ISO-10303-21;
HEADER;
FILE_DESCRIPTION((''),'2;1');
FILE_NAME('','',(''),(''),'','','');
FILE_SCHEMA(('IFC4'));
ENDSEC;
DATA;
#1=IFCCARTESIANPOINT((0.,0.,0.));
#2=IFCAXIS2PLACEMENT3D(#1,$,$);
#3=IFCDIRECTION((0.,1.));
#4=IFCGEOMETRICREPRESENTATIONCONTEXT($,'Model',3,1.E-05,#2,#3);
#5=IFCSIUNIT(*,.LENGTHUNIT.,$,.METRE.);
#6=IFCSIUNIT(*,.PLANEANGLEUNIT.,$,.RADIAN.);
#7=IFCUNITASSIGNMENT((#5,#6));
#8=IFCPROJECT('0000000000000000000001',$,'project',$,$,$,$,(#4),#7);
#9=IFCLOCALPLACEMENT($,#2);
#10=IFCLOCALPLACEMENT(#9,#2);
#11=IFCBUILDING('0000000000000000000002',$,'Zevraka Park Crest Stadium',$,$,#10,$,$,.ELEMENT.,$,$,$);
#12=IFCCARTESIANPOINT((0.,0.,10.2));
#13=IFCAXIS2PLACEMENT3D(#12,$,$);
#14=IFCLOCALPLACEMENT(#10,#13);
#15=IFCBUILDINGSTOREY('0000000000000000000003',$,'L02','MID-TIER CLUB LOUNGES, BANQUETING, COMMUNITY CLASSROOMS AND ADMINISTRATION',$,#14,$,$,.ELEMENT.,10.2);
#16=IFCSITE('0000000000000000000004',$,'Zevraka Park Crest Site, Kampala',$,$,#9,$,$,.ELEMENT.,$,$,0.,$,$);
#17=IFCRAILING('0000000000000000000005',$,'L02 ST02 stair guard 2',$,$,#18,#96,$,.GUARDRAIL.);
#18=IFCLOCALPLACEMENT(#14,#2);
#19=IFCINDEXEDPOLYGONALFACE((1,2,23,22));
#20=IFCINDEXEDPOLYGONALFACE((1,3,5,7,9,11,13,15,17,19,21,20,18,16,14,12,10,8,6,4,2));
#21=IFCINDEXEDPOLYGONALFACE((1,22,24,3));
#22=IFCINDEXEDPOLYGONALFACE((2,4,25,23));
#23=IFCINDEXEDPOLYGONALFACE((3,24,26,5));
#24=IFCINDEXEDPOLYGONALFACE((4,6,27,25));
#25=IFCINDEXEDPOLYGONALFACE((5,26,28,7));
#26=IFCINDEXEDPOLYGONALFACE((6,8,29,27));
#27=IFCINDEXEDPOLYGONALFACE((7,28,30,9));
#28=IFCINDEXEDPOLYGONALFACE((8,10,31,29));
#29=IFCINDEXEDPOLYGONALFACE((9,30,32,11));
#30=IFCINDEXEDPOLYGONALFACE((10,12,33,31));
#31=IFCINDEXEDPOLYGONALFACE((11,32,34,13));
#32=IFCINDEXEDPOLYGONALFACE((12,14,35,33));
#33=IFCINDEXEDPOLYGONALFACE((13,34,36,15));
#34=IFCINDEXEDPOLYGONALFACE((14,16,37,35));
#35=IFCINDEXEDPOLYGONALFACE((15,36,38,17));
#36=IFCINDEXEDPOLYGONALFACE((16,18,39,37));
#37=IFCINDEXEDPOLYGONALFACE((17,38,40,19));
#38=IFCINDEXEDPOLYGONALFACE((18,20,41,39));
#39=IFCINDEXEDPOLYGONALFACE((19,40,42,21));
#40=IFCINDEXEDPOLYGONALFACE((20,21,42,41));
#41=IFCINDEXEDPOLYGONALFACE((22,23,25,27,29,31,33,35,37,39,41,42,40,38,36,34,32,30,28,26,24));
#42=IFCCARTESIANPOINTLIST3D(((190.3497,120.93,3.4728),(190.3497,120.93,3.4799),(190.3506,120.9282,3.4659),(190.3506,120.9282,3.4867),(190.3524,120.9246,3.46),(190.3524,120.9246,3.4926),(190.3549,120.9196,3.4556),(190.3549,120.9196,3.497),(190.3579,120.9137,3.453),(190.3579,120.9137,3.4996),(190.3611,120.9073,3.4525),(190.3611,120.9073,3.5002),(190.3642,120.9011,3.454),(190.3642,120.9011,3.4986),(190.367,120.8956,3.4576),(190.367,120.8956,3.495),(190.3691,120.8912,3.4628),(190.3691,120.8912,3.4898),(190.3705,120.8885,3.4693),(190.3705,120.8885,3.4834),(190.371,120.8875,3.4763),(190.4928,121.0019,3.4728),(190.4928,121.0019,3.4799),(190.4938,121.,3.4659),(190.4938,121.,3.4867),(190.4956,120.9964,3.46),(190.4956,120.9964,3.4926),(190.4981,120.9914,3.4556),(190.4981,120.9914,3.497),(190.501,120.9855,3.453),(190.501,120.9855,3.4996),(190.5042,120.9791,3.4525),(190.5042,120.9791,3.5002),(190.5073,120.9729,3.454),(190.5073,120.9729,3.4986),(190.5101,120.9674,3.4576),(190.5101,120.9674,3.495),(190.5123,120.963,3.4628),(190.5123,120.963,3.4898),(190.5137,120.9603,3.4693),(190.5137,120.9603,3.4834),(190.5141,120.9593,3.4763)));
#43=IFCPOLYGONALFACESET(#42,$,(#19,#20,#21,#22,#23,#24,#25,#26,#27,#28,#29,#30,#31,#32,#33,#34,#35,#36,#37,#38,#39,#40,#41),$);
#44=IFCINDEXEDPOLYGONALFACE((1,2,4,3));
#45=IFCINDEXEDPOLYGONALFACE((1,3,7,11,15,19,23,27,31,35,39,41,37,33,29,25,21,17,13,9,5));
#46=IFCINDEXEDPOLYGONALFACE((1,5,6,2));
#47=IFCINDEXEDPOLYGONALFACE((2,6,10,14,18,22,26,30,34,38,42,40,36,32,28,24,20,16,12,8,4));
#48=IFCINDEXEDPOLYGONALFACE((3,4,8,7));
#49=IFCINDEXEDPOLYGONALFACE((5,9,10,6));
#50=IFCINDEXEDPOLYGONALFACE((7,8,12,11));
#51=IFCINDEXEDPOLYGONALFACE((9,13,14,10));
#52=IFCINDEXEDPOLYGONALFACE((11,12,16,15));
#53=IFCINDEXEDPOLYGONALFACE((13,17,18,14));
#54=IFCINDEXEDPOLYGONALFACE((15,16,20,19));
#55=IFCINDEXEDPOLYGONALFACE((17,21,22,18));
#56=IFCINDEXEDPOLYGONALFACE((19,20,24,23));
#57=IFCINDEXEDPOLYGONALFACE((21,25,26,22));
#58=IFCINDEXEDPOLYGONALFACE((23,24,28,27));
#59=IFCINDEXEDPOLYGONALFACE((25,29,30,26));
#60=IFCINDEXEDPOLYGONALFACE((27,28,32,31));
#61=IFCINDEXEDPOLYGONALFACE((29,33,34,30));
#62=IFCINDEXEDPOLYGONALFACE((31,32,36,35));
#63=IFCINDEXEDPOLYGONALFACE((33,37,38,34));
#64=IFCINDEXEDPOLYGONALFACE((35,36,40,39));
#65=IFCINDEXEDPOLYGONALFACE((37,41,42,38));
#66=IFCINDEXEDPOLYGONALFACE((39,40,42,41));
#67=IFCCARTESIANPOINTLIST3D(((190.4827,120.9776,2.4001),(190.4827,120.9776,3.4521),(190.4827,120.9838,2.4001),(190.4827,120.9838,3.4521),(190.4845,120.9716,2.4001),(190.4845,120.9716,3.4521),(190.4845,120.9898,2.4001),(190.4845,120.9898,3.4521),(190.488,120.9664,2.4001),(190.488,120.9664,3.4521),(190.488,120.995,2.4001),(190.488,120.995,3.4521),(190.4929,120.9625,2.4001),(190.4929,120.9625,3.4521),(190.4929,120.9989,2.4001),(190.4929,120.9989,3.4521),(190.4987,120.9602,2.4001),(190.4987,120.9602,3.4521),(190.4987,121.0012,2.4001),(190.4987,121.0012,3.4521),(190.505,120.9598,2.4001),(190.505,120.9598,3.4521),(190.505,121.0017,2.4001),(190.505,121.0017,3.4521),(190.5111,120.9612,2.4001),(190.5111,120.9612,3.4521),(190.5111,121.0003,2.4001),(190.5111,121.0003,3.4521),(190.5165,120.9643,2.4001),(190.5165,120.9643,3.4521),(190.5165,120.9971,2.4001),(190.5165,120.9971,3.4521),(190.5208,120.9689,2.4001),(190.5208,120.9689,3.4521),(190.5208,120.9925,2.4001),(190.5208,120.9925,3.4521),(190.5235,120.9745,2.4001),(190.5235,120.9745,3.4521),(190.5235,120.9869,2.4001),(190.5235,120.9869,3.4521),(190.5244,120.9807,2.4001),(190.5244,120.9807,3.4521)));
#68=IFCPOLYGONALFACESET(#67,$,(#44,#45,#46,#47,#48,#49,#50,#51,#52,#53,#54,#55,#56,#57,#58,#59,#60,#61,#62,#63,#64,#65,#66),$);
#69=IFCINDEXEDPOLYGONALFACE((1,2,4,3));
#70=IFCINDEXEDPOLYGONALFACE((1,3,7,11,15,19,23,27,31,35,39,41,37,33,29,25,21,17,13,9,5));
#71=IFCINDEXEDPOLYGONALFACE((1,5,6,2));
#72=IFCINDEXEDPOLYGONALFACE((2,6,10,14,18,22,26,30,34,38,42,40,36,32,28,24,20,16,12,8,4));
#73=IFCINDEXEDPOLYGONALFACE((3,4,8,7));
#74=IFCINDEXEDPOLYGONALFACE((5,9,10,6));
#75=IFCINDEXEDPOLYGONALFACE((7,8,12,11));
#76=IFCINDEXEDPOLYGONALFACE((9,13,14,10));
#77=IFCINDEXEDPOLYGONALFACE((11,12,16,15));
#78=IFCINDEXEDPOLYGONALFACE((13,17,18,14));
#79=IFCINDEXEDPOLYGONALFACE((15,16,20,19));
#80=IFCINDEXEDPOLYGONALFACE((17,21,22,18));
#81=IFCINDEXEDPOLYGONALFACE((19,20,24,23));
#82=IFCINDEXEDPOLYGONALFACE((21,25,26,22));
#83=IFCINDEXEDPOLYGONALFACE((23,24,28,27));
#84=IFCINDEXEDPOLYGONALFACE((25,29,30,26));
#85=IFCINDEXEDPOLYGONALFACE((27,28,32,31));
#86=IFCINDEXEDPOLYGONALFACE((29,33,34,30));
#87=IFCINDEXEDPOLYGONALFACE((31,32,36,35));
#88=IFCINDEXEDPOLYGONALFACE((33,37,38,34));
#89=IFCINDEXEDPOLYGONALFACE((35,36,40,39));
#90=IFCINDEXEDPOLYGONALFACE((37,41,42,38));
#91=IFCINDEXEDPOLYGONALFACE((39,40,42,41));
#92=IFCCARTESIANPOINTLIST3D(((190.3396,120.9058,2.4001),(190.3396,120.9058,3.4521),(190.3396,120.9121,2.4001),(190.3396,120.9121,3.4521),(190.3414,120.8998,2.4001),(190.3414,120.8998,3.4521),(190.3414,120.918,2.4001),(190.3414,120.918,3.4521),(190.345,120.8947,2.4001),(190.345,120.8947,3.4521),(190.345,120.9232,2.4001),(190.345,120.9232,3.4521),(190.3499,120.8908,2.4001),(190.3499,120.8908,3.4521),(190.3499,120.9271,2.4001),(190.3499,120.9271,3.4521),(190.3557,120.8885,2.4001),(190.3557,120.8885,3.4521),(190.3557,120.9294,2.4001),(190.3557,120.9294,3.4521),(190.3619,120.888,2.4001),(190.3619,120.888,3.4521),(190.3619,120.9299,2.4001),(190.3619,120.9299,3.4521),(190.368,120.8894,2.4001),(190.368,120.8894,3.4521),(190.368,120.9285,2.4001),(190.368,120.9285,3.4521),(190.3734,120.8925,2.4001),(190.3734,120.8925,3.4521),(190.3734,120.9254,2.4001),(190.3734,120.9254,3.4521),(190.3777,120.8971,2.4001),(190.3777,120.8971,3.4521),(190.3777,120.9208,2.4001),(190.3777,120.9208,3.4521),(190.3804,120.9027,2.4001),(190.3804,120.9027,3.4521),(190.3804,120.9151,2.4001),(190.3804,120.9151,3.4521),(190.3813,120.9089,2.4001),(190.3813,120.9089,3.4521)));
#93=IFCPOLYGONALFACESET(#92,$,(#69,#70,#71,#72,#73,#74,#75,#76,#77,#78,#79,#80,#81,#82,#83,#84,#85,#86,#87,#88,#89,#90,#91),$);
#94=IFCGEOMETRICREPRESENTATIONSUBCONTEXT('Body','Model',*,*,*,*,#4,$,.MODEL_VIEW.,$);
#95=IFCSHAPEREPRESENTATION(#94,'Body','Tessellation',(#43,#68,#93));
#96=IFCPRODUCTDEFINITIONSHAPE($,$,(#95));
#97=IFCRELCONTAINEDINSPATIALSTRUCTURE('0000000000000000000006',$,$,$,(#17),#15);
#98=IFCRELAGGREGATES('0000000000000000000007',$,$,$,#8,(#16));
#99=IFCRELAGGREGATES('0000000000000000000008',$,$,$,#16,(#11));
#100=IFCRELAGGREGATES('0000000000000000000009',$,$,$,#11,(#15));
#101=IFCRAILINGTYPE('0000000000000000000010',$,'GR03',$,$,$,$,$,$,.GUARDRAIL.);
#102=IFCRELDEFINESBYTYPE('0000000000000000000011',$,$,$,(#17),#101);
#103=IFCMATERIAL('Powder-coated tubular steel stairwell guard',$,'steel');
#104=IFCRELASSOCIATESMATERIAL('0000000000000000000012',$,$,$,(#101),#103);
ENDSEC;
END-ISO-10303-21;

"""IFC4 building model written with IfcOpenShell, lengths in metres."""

from ifc_helpers import new_model, si_unit, direction, frame, origin, origin_2d, place, context, subcontext, project, spatial, circle, extrude, material, type_object, element, save


model = new_model("IFC4")

# Units and contexts
model_context = context("Model", 3, precision=1e-05, world=origin(), true_north=direction((0.0, 1.0)))
body_context = subcontext(model_context, "Body", "Model", "MODEL_VIEW")
ifc_project = project(units=[si_unit("LENGTHUNIT", "METRE"), si_unit("PLANEANGLEUNIT", "RADIAN")], contexts=[model_context])

# Site, building, storey
site_placement = place(None, origin())
site = spatial("IfcSite", under=ifc_project, at=site_placement, Name="Zevraka Park Crest Site, Kampala", CompositionType="ELEMENT", RefElevation=0.0)
building_placement = place(site_placement, origin())
building = spatial("IfcBuilding", under=site, at=building_placement, Name="Zevraka Park Crest Stadium", CompositionType="ELEMENT")
storey_placement = place(building_placement, frame((0.0, 0.0, 10.2)))
storey = spatial("IfcBuildingStorey", under=building, at=storey_placement, Name="L02", Description="MID-TIER CLUB LOUNGES, BANQUETING, COMMUNITY CLASSROOMS AND ADMINISTRATION", CompositionType="ELEMENT", Elevation=10.2)

# Railing
ifc_material_1 = material(Name="Powder-coated tubular steel stairwell guard", Category="steel")
railing_type_1 = type_object("IfcRailingType", Name="GR03", PredefinedType="GUARDRAIL", material=ifc_material_1)
railing_1_placement = place(storey_placement, frame((190.5034, 120.9807, 2.4001)))
element("IfcRailing", 1, at=railing_1_placement, inside=storey, type_object=railing_type_1, Name="L02 ST02 stair guard 2", PredefinedType="GUARDRAIL", context=body_context, shape_type="SweptSolid", body=[
    extrude(circle(Radius=0.0239, at=origin_2d()), frame((0.0, 0.0, 1.0762), z_axis=(-0.893816, -0.448433, 0.0), x_axis=(0.448433, -0.893816, 0.0)), (0.0, 0.0, 1.0), 0.1602),
    extrude(circle(Radius=0.021, at=origin_2d()), origin(), (0.0, 0.0, 1.0), 1.052),
    extrude(circle(Radius=0.021, at=origin_2d()), frame((-0.1431, -0.0718, 0.0)), (0.0, 0.0, 1.0), 1.052),
])

save(model, "model.ifc")
